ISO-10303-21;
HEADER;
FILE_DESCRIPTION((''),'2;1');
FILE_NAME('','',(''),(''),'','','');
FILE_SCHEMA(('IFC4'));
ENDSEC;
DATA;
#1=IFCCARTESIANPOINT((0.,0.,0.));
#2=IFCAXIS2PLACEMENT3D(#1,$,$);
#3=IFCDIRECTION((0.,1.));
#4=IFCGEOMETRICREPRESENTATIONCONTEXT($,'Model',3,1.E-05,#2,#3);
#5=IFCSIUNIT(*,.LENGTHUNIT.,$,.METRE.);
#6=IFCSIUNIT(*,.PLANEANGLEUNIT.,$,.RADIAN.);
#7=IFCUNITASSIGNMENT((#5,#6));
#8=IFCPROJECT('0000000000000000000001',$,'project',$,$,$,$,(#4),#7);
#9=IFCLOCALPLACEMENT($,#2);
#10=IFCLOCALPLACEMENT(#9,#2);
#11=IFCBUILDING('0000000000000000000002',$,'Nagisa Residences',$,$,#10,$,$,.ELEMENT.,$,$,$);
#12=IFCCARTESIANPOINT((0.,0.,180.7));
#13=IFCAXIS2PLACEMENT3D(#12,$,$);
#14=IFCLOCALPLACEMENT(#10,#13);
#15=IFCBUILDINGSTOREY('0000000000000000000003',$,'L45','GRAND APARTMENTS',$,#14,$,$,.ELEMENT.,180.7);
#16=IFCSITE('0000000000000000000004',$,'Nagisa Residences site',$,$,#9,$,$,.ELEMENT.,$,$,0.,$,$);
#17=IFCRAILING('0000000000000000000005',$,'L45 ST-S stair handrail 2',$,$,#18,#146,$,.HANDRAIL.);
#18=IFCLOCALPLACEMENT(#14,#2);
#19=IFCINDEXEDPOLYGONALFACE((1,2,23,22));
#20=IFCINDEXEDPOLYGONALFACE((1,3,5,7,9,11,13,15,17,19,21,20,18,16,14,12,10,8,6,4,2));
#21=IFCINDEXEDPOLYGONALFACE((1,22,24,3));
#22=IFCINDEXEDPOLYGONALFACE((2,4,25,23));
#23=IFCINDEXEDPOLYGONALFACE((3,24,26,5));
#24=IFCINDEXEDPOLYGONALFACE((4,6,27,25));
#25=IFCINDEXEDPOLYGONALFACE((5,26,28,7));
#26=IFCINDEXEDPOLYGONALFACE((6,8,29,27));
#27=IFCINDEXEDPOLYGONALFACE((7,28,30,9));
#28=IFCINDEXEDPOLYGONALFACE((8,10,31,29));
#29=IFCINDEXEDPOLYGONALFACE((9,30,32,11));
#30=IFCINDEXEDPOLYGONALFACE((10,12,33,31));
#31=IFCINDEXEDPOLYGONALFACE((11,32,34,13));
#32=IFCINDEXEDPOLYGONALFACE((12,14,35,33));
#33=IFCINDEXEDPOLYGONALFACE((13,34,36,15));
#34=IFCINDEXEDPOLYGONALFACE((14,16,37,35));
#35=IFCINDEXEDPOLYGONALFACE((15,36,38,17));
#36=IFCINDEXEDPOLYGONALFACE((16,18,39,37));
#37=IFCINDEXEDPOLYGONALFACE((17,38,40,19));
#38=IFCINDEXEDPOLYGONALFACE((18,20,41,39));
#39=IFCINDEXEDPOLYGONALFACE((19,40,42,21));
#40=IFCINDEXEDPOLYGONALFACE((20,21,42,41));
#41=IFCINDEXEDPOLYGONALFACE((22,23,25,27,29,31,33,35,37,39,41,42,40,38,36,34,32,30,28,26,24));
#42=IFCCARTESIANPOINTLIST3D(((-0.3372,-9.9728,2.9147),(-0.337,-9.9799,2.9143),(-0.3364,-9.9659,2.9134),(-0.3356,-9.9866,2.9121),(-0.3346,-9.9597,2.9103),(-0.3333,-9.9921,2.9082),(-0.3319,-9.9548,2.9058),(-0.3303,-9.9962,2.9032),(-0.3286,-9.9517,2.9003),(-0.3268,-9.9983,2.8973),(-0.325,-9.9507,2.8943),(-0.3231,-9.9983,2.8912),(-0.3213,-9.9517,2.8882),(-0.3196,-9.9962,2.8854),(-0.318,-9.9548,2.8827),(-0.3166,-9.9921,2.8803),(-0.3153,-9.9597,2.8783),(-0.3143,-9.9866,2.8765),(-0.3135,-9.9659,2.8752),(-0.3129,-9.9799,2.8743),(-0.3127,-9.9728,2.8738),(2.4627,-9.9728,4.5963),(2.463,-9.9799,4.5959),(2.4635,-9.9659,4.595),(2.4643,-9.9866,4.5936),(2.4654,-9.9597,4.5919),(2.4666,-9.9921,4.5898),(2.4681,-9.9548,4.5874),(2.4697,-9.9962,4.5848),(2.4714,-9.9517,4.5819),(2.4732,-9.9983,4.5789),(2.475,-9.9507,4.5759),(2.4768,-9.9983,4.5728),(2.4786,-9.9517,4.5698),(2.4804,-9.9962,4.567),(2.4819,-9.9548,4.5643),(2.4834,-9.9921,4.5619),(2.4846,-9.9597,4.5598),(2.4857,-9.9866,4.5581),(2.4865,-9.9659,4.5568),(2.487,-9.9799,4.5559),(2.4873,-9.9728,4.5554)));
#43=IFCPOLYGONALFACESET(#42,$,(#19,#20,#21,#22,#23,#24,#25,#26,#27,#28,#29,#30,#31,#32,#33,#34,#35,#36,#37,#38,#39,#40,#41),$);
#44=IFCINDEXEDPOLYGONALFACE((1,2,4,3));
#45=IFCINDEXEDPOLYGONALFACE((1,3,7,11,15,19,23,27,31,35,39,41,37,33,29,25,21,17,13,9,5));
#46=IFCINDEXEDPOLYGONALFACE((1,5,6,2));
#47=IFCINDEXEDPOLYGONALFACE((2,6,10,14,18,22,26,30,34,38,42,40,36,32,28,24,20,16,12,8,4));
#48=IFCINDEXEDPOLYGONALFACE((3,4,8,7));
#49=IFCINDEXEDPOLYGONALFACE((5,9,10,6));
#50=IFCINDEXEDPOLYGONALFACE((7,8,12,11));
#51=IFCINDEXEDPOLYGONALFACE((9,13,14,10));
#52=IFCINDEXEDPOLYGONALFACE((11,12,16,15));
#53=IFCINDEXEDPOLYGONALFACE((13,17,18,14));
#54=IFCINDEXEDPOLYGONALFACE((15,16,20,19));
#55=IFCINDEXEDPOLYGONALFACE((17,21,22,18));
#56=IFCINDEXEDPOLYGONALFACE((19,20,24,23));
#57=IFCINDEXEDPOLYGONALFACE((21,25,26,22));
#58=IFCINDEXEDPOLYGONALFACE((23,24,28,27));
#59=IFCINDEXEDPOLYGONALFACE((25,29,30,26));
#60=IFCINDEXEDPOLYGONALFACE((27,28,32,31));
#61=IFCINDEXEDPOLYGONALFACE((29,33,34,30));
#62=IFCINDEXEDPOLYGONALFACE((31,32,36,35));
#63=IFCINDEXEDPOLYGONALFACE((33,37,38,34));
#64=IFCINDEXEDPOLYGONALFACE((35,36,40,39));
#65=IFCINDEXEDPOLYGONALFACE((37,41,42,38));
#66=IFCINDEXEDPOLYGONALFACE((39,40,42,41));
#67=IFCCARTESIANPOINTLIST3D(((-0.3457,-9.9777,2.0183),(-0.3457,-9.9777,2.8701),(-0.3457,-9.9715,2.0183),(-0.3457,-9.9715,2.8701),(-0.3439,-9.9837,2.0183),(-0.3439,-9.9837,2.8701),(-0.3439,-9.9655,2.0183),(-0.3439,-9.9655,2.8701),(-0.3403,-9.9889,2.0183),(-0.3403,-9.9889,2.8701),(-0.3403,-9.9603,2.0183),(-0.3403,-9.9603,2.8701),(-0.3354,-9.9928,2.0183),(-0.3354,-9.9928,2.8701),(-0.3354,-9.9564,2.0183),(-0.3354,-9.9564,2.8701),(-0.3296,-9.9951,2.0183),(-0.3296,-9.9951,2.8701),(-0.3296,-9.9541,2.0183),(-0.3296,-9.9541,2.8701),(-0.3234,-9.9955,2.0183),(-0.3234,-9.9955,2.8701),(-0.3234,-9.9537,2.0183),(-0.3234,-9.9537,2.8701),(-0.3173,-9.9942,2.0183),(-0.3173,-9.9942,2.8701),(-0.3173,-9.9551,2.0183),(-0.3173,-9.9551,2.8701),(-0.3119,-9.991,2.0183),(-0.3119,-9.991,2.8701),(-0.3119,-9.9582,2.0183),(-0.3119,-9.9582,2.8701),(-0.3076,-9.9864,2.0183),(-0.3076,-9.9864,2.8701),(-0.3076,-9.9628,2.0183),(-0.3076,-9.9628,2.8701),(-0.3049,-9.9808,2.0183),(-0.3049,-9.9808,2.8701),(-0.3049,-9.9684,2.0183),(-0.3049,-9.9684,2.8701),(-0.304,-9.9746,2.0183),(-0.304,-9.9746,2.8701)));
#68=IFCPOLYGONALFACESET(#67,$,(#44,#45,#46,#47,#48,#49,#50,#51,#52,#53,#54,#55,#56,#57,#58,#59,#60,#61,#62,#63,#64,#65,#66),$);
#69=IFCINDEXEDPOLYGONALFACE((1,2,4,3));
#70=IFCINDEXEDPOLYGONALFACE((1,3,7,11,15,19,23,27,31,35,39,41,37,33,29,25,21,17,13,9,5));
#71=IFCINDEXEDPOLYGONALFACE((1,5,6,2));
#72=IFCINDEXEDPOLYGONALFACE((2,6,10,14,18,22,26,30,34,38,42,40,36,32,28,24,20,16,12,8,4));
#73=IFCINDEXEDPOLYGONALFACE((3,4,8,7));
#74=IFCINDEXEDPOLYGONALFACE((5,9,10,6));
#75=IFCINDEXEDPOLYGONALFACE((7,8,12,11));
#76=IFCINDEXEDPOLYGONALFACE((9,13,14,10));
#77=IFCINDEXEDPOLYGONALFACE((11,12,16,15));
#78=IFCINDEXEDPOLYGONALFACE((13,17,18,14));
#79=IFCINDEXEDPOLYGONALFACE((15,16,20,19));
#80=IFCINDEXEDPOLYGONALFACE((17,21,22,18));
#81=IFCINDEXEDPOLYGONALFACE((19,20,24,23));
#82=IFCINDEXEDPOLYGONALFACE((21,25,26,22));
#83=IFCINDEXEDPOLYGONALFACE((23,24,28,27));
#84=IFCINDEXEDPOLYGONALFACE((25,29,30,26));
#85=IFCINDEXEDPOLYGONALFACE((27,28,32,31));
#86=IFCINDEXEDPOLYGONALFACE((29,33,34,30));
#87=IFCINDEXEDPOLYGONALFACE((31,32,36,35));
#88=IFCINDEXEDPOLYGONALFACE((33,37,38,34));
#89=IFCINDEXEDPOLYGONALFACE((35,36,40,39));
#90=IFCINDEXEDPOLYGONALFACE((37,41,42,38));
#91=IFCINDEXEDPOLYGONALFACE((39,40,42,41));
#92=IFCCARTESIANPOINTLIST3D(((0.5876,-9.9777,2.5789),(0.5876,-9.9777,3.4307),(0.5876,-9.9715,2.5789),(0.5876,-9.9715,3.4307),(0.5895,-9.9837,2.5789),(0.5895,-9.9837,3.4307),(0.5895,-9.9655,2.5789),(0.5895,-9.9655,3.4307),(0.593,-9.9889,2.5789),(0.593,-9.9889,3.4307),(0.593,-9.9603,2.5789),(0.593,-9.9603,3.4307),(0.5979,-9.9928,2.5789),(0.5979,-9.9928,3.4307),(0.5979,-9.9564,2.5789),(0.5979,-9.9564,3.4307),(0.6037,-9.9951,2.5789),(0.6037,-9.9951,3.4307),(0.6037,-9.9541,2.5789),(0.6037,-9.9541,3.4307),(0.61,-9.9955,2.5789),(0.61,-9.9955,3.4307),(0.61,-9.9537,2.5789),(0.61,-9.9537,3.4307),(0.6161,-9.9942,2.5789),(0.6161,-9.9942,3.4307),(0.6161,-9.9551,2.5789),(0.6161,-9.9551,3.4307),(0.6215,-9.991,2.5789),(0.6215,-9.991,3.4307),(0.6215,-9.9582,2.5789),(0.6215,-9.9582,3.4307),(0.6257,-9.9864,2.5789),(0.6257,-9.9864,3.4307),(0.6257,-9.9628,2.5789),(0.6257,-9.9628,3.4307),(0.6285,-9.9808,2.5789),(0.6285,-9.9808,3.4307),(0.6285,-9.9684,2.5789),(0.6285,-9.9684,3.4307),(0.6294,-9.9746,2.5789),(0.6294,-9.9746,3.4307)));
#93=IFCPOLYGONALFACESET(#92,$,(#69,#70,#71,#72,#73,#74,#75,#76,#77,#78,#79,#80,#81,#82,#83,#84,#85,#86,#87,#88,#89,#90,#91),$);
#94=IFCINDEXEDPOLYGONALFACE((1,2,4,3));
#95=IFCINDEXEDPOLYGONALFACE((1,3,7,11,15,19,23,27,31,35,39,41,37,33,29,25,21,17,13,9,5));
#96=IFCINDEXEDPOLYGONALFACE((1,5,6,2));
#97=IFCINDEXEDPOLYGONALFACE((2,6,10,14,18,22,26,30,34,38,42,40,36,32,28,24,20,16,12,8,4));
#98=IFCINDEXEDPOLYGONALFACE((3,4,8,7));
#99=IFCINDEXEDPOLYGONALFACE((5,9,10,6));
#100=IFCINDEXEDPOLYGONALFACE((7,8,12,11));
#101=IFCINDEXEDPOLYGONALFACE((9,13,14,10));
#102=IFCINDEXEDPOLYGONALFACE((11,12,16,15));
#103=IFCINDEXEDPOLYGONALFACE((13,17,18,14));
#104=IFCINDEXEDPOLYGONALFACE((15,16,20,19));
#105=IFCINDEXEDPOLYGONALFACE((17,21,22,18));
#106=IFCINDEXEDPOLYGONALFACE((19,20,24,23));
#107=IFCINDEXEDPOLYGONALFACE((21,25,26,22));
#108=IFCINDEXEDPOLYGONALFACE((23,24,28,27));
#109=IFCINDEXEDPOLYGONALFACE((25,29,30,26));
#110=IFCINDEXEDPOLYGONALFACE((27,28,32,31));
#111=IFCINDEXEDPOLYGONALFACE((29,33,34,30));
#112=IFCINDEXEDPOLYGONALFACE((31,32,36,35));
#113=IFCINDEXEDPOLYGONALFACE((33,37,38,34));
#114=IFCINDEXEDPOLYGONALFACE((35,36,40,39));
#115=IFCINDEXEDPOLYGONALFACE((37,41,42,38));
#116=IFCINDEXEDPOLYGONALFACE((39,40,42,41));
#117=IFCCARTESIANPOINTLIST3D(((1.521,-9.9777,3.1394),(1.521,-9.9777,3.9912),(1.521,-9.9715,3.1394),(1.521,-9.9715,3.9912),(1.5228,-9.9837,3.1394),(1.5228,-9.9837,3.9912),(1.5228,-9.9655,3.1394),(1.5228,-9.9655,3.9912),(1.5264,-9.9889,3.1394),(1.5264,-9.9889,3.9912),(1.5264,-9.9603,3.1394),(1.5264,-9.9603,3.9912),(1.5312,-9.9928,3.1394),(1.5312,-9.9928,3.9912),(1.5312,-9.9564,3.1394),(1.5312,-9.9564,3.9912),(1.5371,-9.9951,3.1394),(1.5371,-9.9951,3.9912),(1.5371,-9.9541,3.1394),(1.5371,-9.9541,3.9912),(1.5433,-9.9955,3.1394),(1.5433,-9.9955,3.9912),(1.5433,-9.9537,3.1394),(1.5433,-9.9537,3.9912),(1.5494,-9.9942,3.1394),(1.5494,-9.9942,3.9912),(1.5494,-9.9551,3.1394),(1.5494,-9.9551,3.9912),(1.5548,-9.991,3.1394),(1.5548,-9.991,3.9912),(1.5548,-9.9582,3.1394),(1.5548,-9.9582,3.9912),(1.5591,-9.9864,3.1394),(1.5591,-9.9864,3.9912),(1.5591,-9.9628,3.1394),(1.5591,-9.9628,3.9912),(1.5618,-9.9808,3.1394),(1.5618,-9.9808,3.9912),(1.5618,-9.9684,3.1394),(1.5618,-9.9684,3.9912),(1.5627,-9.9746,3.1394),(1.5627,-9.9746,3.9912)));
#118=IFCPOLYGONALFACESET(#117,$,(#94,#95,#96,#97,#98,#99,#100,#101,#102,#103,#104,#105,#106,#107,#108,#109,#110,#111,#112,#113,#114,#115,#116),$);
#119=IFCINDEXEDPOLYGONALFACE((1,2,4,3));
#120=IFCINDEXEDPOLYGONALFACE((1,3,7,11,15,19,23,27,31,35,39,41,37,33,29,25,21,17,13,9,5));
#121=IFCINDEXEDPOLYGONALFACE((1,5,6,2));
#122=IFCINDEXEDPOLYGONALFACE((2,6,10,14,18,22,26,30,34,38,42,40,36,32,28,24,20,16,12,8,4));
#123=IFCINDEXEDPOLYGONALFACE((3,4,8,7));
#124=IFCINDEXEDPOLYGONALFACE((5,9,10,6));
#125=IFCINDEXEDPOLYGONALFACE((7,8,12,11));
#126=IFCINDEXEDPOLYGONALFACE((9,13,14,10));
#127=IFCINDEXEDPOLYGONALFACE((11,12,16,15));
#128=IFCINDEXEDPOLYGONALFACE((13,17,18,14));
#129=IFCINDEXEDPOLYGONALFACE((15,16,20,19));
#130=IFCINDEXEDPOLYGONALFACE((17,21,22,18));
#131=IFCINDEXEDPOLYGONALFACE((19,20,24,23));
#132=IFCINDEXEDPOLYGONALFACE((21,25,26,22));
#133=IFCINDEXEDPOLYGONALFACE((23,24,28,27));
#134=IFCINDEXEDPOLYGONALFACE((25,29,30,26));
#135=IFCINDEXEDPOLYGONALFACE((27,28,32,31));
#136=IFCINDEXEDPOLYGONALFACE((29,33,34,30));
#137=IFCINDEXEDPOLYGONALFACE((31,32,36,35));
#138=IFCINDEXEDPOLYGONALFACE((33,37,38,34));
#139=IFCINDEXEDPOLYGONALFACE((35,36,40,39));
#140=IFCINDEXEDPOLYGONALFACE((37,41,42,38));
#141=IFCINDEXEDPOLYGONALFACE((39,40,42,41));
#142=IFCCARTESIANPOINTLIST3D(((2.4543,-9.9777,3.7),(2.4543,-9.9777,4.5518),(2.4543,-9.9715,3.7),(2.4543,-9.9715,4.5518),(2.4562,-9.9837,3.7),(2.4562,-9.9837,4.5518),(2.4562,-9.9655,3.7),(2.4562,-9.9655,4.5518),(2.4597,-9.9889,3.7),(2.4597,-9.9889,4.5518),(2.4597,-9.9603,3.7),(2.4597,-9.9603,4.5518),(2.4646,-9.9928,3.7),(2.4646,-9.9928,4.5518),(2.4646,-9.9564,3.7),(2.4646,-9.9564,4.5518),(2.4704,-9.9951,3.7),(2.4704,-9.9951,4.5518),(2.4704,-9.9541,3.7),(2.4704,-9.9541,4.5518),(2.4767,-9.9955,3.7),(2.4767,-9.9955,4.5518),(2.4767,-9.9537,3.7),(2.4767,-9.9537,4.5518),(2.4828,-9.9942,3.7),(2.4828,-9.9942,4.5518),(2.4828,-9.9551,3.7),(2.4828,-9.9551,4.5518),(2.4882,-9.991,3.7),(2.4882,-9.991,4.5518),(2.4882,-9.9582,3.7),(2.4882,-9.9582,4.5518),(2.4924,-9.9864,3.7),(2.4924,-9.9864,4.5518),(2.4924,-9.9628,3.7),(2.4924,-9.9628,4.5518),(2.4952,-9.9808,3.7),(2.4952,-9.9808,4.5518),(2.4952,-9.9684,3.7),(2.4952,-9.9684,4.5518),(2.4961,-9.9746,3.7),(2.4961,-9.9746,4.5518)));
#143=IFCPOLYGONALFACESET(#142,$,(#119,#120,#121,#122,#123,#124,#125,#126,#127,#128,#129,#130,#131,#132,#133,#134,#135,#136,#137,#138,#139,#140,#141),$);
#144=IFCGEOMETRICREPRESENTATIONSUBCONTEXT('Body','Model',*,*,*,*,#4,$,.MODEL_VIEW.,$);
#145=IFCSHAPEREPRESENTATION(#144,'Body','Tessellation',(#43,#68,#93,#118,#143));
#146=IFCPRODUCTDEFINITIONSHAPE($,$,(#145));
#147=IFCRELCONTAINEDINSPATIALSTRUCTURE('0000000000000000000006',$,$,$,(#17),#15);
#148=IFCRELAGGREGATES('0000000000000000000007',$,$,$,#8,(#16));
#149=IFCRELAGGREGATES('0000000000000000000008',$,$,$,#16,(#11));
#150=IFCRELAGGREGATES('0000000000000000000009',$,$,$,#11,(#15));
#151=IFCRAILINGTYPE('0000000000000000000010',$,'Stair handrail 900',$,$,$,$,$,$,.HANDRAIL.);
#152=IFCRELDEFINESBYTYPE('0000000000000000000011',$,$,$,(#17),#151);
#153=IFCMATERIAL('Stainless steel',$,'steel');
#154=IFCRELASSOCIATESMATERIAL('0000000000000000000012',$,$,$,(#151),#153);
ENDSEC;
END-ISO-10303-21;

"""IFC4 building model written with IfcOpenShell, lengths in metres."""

from ifc_helpers import new_model, si_unit, direction, frame, origin, origin_2d, place, context, subcontext, project, spatial, circle, extrude, material, type_object, element, save


model = new_model("IFC4")

# Units and contexts
model_context = context("Model", 3, precision=1e-05, world=origin(), true_north=direction((0.0, 1.0)))
body_context = subcontext(model_context, "Body", "Model", "MODEL_VIEW")
ifc_project = project(units=[si_unit("LENGTHUNIT", "METRE"), si_unit("PLANEANGLEUNIT", "RADIAN")], contexts=[model_context])

# Site, building, storey
site_placement = place(None, origin())
site = spatial("IfcSite", under=ifc_project, at=site_placement, Name="Nagisa Residences site", CompositionType="ELEMENT", RefElevation=0.0)
building_placement = place(site_placement, origin())
building = spatial("IfcBuilding", under=site, at=building_placement, Name="Nagisa Residences", CompositionType="ELEMENT")
storey_placement = place(building_placement, frame((0.0, 0.0, 180.7)))
storey = spatial("IfcBuildingStorey", under=building, at=storey_placement, Name="L45", Description="GRAND APARTMENTS", CompositionType="ELEMENT", Elevation=180.7)

# Railing
ifc_material_1 = material(Name="Stainless steel", Category="steel")
railing_type = type_object("IfcRailingType", Name="Stair handrail 900", PredefinedType="HANDRAIL", material=ifc_material_1)
railing_placement = place(storey_placement, frame((-0.325, -9.9746, 2.0183)))
element("IfcRailing", 1, at=railing_placement, inside=storey, type_object=railing_type, Name="L45 ST-S stair handrail 2", PredefinedType="HANDRAIL", context=body_context, shape_type="SweptSolid", body=[
    extrude(circle(Radius=0.0239, at=origin_2d()), frame((0.0, 0.0, 0.876), z_axis=(0.857275, 0.0, 0.514858), x_axis=(0.0, 1.0, 0.0)), (0.0, 0.0, 1.0), 3.2661),
    extrude(circle(Radius=0.021, at=origin_2d()), origin(), (0.0, 0.0, 1.0), 0.8518),
    extrude(circle(Radius=0.021, at=origin_2d()), frame((0.9333, 0.0, 0.5605)), (0.0, 0.0, 1.0), 0.8518),
    extrude(circle(Radius=0.021, at=origin_2d()), frame((1.8667, 0.0, 1.1211)), (0.0, 0.0, 1.0), 0.8518),
    extrude(circle(Radius=0.021, at=origin_2d()), frame((2.8, 0.0, 1.6816)), (0.0, 0.0, 1.0), 0.8518),
])

save(model, "model.ifc")
